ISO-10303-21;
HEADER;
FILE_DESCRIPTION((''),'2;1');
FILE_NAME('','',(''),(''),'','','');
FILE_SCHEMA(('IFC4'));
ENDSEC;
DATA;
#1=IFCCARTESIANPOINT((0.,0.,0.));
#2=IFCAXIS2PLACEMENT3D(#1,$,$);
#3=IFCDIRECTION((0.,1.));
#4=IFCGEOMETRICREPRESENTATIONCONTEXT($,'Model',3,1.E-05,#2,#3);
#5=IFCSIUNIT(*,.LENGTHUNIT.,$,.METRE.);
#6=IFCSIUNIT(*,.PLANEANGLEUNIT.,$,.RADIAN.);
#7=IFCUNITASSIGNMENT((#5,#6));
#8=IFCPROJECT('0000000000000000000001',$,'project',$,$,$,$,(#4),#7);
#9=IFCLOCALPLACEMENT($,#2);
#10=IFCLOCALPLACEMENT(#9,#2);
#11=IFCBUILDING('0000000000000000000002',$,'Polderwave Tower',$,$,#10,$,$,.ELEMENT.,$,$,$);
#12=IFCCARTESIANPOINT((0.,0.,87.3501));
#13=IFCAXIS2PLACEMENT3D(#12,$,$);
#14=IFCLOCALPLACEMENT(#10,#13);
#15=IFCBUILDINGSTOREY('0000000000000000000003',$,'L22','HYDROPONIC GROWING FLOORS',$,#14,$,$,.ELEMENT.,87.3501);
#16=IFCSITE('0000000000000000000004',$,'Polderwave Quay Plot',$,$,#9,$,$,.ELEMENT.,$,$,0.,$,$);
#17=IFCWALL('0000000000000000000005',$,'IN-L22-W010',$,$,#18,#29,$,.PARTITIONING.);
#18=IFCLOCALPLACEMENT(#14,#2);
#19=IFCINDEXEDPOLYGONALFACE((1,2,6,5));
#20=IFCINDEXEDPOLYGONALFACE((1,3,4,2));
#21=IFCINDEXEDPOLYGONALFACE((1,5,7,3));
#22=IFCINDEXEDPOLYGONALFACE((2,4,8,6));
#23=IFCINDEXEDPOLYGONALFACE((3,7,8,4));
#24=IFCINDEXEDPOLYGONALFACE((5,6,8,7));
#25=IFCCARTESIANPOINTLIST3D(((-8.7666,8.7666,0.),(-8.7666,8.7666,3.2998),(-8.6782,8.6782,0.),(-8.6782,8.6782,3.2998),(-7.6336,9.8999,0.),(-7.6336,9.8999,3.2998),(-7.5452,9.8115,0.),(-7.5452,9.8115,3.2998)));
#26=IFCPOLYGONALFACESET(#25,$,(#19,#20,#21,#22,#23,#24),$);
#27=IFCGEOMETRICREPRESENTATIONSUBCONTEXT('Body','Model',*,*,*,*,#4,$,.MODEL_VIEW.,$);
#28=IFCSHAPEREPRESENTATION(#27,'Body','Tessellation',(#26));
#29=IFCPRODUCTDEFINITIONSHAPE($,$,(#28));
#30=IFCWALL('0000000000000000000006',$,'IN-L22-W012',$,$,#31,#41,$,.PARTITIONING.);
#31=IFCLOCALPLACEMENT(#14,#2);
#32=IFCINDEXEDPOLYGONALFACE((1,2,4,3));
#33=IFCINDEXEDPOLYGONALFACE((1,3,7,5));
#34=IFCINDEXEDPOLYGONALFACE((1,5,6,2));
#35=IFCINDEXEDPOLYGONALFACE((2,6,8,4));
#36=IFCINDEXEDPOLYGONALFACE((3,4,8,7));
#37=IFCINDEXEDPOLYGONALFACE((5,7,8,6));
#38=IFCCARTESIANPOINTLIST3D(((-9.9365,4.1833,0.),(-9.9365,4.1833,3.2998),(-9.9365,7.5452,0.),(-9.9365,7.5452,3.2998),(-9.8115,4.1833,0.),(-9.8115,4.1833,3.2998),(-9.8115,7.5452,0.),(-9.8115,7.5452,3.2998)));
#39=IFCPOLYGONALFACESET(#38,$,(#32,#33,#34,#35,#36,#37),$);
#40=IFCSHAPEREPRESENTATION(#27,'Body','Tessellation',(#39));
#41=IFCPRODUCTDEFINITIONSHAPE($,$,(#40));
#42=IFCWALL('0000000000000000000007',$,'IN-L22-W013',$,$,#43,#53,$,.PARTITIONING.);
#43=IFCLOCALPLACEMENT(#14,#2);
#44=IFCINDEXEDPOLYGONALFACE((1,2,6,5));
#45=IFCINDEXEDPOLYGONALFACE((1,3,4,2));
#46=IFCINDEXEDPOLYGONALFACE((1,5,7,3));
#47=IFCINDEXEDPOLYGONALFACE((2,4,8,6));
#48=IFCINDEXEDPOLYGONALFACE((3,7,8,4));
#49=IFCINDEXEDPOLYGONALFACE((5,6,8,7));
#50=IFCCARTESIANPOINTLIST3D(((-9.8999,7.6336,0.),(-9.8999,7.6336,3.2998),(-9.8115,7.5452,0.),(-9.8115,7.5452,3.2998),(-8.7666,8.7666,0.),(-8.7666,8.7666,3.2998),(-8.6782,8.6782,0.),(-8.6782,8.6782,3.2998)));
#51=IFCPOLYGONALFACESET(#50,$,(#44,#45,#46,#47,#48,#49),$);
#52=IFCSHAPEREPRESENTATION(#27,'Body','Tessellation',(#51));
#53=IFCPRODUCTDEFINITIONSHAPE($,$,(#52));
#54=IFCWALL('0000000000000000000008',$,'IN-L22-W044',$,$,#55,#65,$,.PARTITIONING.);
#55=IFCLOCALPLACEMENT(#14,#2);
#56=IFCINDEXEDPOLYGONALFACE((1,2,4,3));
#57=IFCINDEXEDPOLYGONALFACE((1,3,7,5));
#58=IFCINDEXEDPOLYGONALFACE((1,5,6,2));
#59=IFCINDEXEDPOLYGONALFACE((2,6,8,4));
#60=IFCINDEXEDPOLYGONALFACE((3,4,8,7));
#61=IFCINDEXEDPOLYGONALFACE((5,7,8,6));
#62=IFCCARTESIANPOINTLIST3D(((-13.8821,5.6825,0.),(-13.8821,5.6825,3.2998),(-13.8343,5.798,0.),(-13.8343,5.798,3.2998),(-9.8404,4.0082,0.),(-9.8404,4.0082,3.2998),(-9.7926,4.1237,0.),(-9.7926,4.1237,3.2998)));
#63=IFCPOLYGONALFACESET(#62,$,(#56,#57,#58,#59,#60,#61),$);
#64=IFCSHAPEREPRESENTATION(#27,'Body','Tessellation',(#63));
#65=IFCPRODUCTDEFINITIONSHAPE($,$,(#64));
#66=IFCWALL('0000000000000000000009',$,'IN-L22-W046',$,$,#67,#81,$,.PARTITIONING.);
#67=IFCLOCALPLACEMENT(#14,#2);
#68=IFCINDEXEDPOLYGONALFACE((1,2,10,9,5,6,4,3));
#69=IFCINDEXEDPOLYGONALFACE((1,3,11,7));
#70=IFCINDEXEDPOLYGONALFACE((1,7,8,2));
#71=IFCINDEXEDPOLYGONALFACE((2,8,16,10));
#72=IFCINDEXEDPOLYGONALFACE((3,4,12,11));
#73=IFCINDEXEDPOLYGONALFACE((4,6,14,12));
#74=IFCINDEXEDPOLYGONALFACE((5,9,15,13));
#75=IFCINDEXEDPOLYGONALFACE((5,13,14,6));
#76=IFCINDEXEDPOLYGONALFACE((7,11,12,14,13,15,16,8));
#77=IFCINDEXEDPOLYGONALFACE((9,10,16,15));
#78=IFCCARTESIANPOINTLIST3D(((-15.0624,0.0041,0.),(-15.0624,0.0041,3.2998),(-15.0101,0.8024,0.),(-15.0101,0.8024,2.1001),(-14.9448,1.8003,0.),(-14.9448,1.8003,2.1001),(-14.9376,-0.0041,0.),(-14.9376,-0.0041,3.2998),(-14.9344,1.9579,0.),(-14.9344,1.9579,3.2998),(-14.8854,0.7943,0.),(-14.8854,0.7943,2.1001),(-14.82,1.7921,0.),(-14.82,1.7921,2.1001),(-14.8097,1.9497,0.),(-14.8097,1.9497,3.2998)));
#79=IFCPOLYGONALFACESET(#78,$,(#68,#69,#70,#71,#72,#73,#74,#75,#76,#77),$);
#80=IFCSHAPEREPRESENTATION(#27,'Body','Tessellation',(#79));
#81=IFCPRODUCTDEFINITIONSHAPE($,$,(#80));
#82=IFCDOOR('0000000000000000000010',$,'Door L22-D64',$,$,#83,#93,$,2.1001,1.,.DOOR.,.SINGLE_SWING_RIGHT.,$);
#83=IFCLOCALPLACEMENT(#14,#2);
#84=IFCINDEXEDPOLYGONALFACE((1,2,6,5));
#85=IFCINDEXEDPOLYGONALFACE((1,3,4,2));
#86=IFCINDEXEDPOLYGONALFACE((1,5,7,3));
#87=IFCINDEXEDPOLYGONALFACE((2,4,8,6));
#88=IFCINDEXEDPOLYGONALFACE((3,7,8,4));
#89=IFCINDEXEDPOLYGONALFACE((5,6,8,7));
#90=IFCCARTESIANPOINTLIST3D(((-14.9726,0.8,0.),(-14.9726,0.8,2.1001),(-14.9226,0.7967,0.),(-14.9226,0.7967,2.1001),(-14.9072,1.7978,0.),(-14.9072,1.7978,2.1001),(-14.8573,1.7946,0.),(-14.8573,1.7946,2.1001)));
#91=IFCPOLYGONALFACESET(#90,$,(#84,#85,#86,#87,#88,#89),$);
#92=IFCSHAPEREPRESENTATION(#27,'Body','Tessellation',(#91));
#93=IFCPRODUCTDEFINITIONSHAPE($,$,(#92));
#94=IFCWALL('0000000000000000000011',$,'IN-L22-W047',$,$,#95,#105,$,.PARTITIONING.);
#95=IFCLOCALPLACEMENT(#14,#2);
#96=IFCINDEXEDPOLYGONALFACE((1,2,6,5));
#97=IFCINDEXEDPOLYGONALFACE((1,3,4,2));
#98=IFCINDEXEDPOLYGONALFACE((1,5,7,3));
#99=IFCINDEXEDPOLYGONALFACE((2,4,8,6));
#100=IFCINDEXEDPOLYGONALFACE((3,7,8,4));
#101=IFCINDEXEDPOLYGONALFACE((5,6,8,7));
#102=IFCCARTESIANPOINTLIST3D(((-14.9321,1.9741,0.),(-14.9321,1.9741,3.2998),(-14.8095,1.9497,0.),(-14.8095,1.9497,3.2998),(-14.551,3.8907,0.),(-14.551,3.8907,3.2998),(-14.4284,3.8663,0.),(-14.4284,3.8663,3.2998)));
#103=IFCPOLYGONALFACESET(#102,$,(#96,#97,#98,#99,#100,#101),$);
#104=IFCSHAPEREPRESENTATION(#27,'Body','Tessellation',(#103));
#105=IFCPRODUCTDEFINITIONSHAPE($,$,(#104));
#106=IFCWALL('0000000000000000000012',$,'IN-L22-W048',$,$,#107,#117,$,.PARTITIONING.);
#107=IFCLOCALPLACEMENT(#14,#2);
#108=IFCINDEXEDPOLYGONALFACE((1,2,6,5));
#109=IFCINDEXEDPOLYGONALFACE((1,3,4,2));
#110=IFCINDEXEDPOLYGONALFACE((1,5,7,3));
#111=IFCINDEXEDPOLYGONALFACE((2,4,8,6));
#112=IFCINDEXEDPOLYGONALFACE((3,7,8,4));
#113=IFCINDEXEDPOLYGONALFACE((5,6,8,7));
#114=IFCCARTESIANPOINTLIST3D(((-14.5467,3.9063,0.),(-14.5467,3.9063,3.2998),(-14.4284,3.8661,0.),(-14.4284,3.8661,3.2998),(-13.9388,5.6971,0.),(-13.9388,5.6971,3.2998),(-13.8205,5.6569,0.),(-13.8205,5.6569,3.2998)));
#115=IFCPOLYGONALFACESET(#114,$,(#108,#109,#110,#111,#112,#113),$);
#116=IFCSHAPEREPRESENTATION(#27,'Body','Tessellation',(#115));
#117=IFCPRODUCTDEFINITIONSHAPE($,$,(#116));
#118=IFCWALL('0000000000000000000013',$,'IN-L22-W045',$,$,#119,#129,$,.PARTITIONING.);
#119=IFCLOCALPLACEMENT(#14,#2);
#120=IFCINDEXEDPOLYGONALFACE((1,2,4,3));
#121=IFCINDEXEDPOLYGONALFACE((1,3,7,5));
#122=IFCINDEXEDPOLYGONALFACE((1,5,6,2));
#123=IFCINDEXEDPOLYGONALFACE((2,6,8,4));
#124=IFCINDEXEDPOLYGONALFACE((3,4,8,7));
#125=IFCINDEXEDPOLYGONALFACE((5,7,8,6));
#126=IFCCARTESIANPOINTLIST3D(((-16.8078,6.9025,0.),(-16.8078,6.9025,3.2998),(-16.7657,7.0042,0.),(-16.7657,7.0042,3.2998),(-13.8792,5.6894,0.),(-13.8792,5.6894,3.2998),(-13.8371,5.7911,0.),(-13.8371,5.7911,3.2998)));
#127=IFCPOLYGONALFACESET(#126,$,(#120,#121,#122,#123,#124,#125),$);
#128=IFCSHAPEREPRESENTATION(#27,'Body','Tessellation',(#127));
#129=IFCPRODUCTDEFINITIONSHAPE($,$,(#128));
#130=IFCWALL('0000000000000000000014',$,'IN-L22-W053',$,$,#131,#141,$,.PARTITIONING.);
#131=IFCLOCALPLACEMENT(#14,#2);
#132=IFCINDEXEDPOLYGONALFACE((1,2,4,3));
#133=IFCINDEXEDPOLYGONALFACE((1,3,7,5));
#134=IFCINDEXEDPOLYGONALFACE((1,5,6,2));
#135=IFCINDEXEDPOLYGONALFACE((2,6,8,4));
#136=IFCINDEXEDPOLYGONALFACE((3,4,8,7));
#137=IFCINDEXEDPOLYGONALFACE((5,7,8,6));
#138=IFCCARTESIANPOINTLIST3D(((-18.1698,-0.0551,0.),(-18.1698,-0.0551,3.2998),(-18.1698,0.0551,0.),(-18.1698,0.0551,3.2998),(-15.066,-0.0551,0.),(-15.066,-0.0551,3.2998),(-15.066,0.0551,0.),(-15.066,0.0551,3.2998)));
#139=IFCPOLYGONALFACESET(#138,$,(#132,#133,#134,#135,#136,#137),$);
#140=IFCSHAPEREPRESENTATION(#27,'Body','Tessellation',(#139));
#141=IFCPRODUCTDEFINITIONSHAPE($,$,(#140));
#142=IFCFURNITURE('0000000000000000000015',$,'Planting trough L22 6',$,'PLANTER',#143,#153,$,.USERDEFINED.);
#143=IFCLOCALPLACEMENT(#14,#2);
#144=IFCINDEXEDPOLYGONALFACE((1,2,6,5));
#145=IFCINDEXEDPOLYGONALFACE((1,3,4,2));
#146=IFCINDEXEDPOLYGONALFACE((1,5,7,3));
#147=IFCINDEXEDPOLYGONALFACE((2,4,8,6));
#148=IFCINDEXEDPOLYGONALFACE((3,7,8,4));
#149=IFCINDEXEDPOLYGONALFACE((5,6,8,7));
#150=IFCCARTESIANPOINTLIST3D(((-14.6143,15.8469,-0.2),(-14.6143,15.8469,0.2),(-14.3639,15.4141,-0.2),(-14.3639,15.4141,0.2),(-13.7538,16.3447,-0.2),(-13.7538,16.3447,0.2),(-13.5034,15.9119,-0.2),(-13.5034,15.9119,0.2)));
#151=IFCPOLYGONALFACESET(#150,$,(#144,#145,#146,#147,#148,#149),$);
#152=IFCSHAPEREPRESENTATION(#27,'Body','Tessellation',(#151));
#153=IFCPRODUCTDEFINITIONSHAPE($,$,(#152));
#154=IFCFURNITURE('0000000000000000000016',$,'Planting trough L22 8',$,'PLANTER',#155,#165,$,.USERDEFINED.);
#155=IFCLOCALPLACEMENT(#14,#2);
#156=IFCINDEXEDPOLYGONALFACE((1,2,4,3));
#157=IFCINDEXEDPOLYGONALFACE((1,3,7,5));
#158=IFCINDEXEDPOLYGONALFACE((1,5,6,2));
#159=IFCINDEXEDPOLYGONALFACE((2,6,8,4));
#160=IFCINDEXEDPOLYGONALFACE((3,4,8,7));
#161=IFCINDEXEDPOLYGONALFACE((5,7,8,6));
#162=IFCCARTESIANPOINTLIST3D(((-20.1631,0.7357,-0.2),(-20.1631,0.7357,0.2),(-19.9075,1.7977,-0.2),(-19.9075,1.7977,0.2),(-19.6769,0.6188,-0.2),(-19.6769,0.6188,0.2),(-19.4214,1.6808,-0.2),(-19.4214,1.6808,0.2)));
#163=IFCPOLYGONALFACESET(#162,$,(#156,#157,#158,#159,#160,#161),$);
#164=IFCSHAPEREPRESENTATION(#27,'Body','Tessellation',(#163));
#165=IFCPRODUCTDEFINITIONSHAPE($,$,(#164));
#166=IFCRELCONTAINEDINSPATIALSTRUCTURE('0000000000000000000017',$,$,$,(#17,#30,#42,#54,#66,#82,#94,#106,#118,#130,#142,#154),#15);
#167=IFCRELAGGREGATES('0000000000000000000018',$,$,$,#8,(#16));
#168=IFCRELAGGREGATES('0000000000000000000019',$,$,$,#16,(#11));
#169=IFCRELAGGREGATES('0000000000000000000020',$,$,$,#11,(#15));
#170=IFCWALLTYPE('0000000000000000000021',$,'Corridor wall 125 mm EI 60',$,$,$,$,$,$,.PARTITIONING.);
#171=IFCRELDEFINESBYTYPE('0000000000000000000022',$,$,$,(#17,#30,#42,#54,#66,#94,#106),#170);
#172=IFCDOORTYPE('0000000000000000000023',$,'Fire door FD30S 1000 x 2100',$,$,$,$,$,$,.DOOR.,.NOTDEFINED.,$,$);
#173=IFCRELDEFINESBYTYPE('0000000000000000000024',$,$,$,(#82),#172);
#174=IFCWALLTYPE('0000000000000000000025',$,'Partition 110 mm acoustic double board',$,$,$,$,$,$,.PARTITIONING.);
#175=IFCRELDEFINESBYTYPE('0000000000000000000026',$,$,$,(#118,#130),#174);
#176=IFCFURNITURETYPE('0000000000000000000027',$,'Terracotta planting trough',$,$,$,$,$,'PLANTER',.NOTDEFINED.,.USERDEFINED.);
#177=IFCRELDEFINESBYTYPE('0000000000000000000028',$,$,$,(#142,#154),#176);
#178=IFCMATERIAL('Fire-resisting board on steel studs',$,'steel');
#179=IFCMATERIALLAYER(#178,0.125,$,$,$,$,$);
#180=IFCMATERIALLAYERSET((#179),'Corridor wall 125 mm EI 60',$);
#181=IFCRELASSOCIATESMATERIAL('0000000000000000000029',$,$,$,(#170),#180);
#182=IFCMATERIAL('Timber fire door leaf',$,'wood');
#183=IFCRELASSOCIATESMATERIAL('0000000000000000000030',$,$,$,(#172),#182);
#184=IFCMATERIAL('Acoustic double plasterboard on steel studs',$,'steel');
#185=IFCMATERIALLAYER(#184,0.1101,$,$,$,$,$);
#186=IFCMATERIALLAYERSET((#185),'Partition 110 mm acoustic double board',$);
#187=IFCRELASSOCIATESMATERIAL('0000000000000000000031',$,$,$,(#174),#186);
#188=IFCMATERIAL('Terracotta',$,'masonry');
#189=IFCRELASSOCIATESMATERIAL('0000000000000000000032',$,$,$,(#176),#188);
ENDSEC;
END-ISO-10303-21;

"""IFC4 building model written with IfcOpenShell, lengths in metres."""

from ifc_helpers import new_model, si_unit, direction, frame, frame_2d, origin, origin_2d, place, context, subcontext, project, spatial, rectangle, extrude, material, layer, layer_set, type_object, element, fill, save


model = new_model("IFC4")

# Units and contexts
model_context = context("Model", 3, precision=1e-05, world=origin(), true_north=direction((0.0, 1.0)))
body_context = subcontext(model_context, "Body", "Model", "MODEL_VIEW")
ifc_project = project(units=[si_unit("LENGTHUNIT", "METRE"), si_unit("PLANEANGLEUNIT", "RADIAN")], contexts=[model_context])

# Site, building, storey
site_placement = place(None, origin())
site = spatial("IfcSite", under=ifc_project, at=site_placement, Name="Polderwave Quay Plot", CompositionType="ELEMENT", RefElevation=0.0)
building_placement = place(site_placement, origin())
building = spatial("IfcBuilding", under=site, at=building_placement, Name="Polderwave Tower", CompositionType="ELEMENT")
storey_placement = place(building_placement, frame((0.0, 0.0, 87.3501)))
storey = spatial("IfcBuildingStorey", under=building, at=storey_placement, Name="L22", Description="HYDROPONIC GROWING FLOORS", CompositionType="ELEMENT", Elevation=87.3501)

# Walls
ifc_material_1 = material(Name="Fire-resisting board on steel studs", Category="steel")
ifc_layer_1 = layer(ifc_material_1, 0.125)
ifc_layer_set_1 = layer_set([ifc_layer_1], Name="Corridor wall 125 mm EI 60")
wall_type_1 = type_object("IfcWallType", Name="Corridor wall 125 mm EI 60", PredefinedType="PARTITIONING", material=ifc_layer_set_1)
wall_1_placement = place(storey_placement, frame((-8.7224, 8.7224, 0.0), z_axis=(0.0, 0.0, 1.0), x_axis=(0.707031, 0.707183, 0.0)))
element("IfcWall", 1, at=wall_1_placement, inside=storey, type_object=wall_type_1, Name="IN-L22-W010", PredefinedType="PARTITIONING", context=body_context, shape_type="SweptSolid", body=[
    extrude(rectangle(XDim=1.6025, YDim=0.125, at=frame_2d((0.8013, 0.0))), origin(), (0.0, 0.0, 1.0), 3.2998),
])
wall_2_placement = place(storey_placement, frame((-9.874, 4.1833, 0.0), z_axis=(0.0, 0.0, 1.0), x_axis=(0.0, 1.0, 0.0)))
element("IfcWall", 2, at=wall_2_placement, inside=storey, type_object=wall_type_1, Name="IN-L22-W012", PredefinedType="PARTITIONING", context=body_context, shape_type="SweptSolid", body=[
    extrude(rectangle(XDim=3.3618, YDim=0.125, at=frame_2d((1.6809, 0.0))), origin(), (0.0, 0.0, 1.0), 3.2998),
])
wall_3_placement = place(storey_placement, frame((-9.8557, 7.5894, 0.0), z_axis=(0.0, 0.0, 1.0), x_axis=(0.707183, 0.707031, 0.0)))
element("IfcWall", 3, at=wall_3_placement, inside=storey, type_object=wall_type_1, Name="IN-L22-W013", PredefinedType="PARTITIONING", context=body_context, shape_type="SweptSolid", body=[
    extrude(rectangle(XDim=1.6025, YDim=0.125, at=frame_2d((0.8013, 0.0))), origin(), (0.0, 0.0, 1.0), 3.2998),
])
wall_4_placement = place(storey_placement, frame((-9.8164, 4.0659, 0.0), z_axis=(0.0, 0.0, 1.0), x_axis=(-0.923866, 0.382717, 0.0)))
element("IfcWall", 4, at=wall_4_placement, inside=storey, type_object=wall_type_1, Name="IN-L22-W044", PredefinedType="PARTITIONING", context=body_context, shape_type="SweptSolid", body=[
    extrude(rectangle(XDim=4.3748, YDim=0.125, at=frame_2d((2.1875, 0.0))), origin(), (0.0, 0.0, 1.0), 3.2998),
])

# Wall, opening, door
wall_5_placement = place(storey_placement, frame((-15.0, 0.0, 0.0), z_axis=(0.0, 0.0, 1.0), x_axis=(0.065336, 0.997863, 0.0)))
wall_5 = element("IfcWall", 5, at=wall_5_placement, inside=storey, type_object=wall_type_1, Name="IN-L22-W046", PredefinedType="PARTITIONING", context=body_context, shape_type="SweptSolid", body=[
    extrude(rectangle(XDim=1.958, YDim=0.125, at=frame_2d((0.979, 0.0))), origin(), (0.0, 0.0, 1.0), 3.2998),
])
opening_placement = place(wall_5_placement, frame((0.8, 0.0, 0.0)))
opening = element("IfcOpeningElement", 6, at=opening_placement, cuts=wall_5, PredefinedType="OPENING", context=body_context, shape_type="SweptSolid", body=[
    extrude(rectangle(XDim=1.0, YDim=2.1001, at=frame_2d((0.5, 1.05))), frame((0.0, 0.0725, 0.0), z_axis=(0.0, -1.0, 0.0), x_axis=(1.0, 0.0, 0.0)), (0.0, 0.0, 1.0), 0.145),
])
ifc_material_2 = material(Name="Timber fire door leaf", Category="wood")
door_type = type_object("IfcDoorType", Name="Fire door FD30S 1000 x 2100", OperationType="NOTDEFINED", PredefinedType="DOOR", material=ifc_material_2)
door_placement = place(opening_placement, origin())
door = element("IfcDoor", 7, at=door_placement, inside=storey, type_object=door_type, Name="Door L22-D64", OperationType="SINGLE_SWING_RIGHT", OverallHeight=2.1001, OverallWidth=1.0, PredefinedType="DOOR", context=body_context, shape_type="SweptSolid", body=[
    extrude(rectangle(XDim=1.0, YDim=2.1001, at=frame_2d((0.5, 1.05))), frame((0.0, 0.0249, 0.0), z_axis=(0.0, -1.0, 0.0), x_axis=(1.0, 0.0, 0.0)), (0.0, 0.0, 1.0), 0.05),
])
fill(opening, door)

# Walls
wall_6_placement = place(storey_placement, frame((-14.8708, 1.9619, 0.0), z_axis=(0.0, 0.0, 1.0), x_axis=(0.195035, 0.980796, 0.0)))
element("IfcWall", 8, at=wall_6_placement, inside=storey, type_object=wall_type_1, Name="IN-L22-W047", PredefinedType="PARTITIONING", context=body_context, shape_type="SweptSolid", body=[
    extrude(rectangle(XDim=1.9541, YDim=0.125, at=frame_2d((0.9771, 0.0))), origin(), (0.0, 0.0, 1.0), 3.2998),
])
wall_7_placement = place(storey_placement, frame((-14.4875, 3.8862, 0.0), z_axis=(0.0, 0.0, 1.0), x_axis=(0.321451, 0.946926, 0.0)))
element("IfcWall", 9, at=wall_7_placement, inside=storey, type_object=wall_type_1, Name="IN-L22-W048", PredefinedType="PARTITIONING", context=body_context, shape_type="SweptSolid", body=[
    extrude(rectangle(XDim=1.8911, YDim=0.125, at=frame_2d((0.9456, 0.0))), origin(), (0.0, 0.0, 1.0), 3.2998),
])
ifc_material_3 = material(Name="Acoustic double plasterboard on steel studs", Category="steel")
ifc_layer_2 = layer(ifc_material_3, 0.1101)
ifc_layer_set_2 = layer_set([ifc_layer_2], Name="Partition 110 mm acoustic double board")
wall_type_2 = type_object("IfcWallType", Name="Partition 110 mm acoustic double board", PredefinedType="PARTITIONING", material=ifc_layer_set_2)
wall_8_placement = place(storey_placement, frame((-13.8582, 5.7402, 0.0), z_axis=(0.0, 0.0, 1.0), x_axis=(-0.923877, 0.38269, 0.0)))
element("IfcWall", 10, at=wall_8_placement, inside=storey, type_object=wall_type_2, Name="IN-L22-W045", PredefinedType="PARTITIONING", context=body_context, shape_type="SweptSolid", body=[
    extrude(rectangle(XDim=3.1699, YDim=0.1101, at=frame_2d((1.585, 0.0))), origin(), (0.0, 0.0, 1.0), 3.2998),
])
wall_9_placement = place(storey_placement, frame((-15.0662, 0.0, 0.0), z_axis=(0.0, 0.0, 1.0), x_axis=(-1.0, 0.0, 0.0)))
element("IfcWall", 11, at=wall_9_placement, inside=storey, type_object=wall_type_2, Name="IN-L22-W053", PredefinedType="PARTITIONING", context=body_context, shape_type="SweptSolid", body=[
    extrude(rectangle(XDim=3.1038, YDim=0.1101, at=frame_2d((1.5518, 0.0))), origin(), (0.0, 0.0, 1.0), 3.2998),
])

# Furniture
ifc_material_4 = material(Name="Terracotta", Category="masonry")
furniture_type = type_object("IfcFurnitureType", Name="Terracotta planting trough", ElementType="PLANTER", AssemblyPlace="NOTDEFINED", PredefinedType="USERDEFINED", material=ifc_material_4)
furniture_1_placement = place(storey_placement, frame((-14.0588, 15.8794, -0.2), z_axis=(0.0, 0.0, 1.0), x_axis=(-0.865565, -0.500796, 0.0)))
element("IfcFurniture", 12, at=furniture_1_placement, inside=storey, type_object=furniture_type, Name="Planting trough L22 6", ObjectType="PLANTER", PredefinedType="USERDEFINED", context=body_context, shape_type="SweptSolid", body=[
    extrude(rectangle(XDim=0.9941, YDim=0.5, at=origin_2d()), origin(), (0.0, 0.0, 1.0), 0.3999),
])
furniture_2_placement = place(storey_placement, frame((-19.7922, 1.2083, -0.2), z_axis=(0.0, 0.0, 1.0), x_axis=(-0.233917, -0.972257, 0.0)))
element("IfcFurniture", 13, at=furniture_2_placement, inside=storey, type_object=furniture_type, Name="Planting trough L22 8", ObjectType="PLANTER", PredefinedType="USERDEFINED", context=body_context, shape_type="SweptSolid", body=[
    extrude(rectangle(XDim=1.0923, YDim=0.5, at=origin_2d()), origin(), (0.0, 0.0, 1.0), 0.3999),
])

save(model, "model.ifc")
